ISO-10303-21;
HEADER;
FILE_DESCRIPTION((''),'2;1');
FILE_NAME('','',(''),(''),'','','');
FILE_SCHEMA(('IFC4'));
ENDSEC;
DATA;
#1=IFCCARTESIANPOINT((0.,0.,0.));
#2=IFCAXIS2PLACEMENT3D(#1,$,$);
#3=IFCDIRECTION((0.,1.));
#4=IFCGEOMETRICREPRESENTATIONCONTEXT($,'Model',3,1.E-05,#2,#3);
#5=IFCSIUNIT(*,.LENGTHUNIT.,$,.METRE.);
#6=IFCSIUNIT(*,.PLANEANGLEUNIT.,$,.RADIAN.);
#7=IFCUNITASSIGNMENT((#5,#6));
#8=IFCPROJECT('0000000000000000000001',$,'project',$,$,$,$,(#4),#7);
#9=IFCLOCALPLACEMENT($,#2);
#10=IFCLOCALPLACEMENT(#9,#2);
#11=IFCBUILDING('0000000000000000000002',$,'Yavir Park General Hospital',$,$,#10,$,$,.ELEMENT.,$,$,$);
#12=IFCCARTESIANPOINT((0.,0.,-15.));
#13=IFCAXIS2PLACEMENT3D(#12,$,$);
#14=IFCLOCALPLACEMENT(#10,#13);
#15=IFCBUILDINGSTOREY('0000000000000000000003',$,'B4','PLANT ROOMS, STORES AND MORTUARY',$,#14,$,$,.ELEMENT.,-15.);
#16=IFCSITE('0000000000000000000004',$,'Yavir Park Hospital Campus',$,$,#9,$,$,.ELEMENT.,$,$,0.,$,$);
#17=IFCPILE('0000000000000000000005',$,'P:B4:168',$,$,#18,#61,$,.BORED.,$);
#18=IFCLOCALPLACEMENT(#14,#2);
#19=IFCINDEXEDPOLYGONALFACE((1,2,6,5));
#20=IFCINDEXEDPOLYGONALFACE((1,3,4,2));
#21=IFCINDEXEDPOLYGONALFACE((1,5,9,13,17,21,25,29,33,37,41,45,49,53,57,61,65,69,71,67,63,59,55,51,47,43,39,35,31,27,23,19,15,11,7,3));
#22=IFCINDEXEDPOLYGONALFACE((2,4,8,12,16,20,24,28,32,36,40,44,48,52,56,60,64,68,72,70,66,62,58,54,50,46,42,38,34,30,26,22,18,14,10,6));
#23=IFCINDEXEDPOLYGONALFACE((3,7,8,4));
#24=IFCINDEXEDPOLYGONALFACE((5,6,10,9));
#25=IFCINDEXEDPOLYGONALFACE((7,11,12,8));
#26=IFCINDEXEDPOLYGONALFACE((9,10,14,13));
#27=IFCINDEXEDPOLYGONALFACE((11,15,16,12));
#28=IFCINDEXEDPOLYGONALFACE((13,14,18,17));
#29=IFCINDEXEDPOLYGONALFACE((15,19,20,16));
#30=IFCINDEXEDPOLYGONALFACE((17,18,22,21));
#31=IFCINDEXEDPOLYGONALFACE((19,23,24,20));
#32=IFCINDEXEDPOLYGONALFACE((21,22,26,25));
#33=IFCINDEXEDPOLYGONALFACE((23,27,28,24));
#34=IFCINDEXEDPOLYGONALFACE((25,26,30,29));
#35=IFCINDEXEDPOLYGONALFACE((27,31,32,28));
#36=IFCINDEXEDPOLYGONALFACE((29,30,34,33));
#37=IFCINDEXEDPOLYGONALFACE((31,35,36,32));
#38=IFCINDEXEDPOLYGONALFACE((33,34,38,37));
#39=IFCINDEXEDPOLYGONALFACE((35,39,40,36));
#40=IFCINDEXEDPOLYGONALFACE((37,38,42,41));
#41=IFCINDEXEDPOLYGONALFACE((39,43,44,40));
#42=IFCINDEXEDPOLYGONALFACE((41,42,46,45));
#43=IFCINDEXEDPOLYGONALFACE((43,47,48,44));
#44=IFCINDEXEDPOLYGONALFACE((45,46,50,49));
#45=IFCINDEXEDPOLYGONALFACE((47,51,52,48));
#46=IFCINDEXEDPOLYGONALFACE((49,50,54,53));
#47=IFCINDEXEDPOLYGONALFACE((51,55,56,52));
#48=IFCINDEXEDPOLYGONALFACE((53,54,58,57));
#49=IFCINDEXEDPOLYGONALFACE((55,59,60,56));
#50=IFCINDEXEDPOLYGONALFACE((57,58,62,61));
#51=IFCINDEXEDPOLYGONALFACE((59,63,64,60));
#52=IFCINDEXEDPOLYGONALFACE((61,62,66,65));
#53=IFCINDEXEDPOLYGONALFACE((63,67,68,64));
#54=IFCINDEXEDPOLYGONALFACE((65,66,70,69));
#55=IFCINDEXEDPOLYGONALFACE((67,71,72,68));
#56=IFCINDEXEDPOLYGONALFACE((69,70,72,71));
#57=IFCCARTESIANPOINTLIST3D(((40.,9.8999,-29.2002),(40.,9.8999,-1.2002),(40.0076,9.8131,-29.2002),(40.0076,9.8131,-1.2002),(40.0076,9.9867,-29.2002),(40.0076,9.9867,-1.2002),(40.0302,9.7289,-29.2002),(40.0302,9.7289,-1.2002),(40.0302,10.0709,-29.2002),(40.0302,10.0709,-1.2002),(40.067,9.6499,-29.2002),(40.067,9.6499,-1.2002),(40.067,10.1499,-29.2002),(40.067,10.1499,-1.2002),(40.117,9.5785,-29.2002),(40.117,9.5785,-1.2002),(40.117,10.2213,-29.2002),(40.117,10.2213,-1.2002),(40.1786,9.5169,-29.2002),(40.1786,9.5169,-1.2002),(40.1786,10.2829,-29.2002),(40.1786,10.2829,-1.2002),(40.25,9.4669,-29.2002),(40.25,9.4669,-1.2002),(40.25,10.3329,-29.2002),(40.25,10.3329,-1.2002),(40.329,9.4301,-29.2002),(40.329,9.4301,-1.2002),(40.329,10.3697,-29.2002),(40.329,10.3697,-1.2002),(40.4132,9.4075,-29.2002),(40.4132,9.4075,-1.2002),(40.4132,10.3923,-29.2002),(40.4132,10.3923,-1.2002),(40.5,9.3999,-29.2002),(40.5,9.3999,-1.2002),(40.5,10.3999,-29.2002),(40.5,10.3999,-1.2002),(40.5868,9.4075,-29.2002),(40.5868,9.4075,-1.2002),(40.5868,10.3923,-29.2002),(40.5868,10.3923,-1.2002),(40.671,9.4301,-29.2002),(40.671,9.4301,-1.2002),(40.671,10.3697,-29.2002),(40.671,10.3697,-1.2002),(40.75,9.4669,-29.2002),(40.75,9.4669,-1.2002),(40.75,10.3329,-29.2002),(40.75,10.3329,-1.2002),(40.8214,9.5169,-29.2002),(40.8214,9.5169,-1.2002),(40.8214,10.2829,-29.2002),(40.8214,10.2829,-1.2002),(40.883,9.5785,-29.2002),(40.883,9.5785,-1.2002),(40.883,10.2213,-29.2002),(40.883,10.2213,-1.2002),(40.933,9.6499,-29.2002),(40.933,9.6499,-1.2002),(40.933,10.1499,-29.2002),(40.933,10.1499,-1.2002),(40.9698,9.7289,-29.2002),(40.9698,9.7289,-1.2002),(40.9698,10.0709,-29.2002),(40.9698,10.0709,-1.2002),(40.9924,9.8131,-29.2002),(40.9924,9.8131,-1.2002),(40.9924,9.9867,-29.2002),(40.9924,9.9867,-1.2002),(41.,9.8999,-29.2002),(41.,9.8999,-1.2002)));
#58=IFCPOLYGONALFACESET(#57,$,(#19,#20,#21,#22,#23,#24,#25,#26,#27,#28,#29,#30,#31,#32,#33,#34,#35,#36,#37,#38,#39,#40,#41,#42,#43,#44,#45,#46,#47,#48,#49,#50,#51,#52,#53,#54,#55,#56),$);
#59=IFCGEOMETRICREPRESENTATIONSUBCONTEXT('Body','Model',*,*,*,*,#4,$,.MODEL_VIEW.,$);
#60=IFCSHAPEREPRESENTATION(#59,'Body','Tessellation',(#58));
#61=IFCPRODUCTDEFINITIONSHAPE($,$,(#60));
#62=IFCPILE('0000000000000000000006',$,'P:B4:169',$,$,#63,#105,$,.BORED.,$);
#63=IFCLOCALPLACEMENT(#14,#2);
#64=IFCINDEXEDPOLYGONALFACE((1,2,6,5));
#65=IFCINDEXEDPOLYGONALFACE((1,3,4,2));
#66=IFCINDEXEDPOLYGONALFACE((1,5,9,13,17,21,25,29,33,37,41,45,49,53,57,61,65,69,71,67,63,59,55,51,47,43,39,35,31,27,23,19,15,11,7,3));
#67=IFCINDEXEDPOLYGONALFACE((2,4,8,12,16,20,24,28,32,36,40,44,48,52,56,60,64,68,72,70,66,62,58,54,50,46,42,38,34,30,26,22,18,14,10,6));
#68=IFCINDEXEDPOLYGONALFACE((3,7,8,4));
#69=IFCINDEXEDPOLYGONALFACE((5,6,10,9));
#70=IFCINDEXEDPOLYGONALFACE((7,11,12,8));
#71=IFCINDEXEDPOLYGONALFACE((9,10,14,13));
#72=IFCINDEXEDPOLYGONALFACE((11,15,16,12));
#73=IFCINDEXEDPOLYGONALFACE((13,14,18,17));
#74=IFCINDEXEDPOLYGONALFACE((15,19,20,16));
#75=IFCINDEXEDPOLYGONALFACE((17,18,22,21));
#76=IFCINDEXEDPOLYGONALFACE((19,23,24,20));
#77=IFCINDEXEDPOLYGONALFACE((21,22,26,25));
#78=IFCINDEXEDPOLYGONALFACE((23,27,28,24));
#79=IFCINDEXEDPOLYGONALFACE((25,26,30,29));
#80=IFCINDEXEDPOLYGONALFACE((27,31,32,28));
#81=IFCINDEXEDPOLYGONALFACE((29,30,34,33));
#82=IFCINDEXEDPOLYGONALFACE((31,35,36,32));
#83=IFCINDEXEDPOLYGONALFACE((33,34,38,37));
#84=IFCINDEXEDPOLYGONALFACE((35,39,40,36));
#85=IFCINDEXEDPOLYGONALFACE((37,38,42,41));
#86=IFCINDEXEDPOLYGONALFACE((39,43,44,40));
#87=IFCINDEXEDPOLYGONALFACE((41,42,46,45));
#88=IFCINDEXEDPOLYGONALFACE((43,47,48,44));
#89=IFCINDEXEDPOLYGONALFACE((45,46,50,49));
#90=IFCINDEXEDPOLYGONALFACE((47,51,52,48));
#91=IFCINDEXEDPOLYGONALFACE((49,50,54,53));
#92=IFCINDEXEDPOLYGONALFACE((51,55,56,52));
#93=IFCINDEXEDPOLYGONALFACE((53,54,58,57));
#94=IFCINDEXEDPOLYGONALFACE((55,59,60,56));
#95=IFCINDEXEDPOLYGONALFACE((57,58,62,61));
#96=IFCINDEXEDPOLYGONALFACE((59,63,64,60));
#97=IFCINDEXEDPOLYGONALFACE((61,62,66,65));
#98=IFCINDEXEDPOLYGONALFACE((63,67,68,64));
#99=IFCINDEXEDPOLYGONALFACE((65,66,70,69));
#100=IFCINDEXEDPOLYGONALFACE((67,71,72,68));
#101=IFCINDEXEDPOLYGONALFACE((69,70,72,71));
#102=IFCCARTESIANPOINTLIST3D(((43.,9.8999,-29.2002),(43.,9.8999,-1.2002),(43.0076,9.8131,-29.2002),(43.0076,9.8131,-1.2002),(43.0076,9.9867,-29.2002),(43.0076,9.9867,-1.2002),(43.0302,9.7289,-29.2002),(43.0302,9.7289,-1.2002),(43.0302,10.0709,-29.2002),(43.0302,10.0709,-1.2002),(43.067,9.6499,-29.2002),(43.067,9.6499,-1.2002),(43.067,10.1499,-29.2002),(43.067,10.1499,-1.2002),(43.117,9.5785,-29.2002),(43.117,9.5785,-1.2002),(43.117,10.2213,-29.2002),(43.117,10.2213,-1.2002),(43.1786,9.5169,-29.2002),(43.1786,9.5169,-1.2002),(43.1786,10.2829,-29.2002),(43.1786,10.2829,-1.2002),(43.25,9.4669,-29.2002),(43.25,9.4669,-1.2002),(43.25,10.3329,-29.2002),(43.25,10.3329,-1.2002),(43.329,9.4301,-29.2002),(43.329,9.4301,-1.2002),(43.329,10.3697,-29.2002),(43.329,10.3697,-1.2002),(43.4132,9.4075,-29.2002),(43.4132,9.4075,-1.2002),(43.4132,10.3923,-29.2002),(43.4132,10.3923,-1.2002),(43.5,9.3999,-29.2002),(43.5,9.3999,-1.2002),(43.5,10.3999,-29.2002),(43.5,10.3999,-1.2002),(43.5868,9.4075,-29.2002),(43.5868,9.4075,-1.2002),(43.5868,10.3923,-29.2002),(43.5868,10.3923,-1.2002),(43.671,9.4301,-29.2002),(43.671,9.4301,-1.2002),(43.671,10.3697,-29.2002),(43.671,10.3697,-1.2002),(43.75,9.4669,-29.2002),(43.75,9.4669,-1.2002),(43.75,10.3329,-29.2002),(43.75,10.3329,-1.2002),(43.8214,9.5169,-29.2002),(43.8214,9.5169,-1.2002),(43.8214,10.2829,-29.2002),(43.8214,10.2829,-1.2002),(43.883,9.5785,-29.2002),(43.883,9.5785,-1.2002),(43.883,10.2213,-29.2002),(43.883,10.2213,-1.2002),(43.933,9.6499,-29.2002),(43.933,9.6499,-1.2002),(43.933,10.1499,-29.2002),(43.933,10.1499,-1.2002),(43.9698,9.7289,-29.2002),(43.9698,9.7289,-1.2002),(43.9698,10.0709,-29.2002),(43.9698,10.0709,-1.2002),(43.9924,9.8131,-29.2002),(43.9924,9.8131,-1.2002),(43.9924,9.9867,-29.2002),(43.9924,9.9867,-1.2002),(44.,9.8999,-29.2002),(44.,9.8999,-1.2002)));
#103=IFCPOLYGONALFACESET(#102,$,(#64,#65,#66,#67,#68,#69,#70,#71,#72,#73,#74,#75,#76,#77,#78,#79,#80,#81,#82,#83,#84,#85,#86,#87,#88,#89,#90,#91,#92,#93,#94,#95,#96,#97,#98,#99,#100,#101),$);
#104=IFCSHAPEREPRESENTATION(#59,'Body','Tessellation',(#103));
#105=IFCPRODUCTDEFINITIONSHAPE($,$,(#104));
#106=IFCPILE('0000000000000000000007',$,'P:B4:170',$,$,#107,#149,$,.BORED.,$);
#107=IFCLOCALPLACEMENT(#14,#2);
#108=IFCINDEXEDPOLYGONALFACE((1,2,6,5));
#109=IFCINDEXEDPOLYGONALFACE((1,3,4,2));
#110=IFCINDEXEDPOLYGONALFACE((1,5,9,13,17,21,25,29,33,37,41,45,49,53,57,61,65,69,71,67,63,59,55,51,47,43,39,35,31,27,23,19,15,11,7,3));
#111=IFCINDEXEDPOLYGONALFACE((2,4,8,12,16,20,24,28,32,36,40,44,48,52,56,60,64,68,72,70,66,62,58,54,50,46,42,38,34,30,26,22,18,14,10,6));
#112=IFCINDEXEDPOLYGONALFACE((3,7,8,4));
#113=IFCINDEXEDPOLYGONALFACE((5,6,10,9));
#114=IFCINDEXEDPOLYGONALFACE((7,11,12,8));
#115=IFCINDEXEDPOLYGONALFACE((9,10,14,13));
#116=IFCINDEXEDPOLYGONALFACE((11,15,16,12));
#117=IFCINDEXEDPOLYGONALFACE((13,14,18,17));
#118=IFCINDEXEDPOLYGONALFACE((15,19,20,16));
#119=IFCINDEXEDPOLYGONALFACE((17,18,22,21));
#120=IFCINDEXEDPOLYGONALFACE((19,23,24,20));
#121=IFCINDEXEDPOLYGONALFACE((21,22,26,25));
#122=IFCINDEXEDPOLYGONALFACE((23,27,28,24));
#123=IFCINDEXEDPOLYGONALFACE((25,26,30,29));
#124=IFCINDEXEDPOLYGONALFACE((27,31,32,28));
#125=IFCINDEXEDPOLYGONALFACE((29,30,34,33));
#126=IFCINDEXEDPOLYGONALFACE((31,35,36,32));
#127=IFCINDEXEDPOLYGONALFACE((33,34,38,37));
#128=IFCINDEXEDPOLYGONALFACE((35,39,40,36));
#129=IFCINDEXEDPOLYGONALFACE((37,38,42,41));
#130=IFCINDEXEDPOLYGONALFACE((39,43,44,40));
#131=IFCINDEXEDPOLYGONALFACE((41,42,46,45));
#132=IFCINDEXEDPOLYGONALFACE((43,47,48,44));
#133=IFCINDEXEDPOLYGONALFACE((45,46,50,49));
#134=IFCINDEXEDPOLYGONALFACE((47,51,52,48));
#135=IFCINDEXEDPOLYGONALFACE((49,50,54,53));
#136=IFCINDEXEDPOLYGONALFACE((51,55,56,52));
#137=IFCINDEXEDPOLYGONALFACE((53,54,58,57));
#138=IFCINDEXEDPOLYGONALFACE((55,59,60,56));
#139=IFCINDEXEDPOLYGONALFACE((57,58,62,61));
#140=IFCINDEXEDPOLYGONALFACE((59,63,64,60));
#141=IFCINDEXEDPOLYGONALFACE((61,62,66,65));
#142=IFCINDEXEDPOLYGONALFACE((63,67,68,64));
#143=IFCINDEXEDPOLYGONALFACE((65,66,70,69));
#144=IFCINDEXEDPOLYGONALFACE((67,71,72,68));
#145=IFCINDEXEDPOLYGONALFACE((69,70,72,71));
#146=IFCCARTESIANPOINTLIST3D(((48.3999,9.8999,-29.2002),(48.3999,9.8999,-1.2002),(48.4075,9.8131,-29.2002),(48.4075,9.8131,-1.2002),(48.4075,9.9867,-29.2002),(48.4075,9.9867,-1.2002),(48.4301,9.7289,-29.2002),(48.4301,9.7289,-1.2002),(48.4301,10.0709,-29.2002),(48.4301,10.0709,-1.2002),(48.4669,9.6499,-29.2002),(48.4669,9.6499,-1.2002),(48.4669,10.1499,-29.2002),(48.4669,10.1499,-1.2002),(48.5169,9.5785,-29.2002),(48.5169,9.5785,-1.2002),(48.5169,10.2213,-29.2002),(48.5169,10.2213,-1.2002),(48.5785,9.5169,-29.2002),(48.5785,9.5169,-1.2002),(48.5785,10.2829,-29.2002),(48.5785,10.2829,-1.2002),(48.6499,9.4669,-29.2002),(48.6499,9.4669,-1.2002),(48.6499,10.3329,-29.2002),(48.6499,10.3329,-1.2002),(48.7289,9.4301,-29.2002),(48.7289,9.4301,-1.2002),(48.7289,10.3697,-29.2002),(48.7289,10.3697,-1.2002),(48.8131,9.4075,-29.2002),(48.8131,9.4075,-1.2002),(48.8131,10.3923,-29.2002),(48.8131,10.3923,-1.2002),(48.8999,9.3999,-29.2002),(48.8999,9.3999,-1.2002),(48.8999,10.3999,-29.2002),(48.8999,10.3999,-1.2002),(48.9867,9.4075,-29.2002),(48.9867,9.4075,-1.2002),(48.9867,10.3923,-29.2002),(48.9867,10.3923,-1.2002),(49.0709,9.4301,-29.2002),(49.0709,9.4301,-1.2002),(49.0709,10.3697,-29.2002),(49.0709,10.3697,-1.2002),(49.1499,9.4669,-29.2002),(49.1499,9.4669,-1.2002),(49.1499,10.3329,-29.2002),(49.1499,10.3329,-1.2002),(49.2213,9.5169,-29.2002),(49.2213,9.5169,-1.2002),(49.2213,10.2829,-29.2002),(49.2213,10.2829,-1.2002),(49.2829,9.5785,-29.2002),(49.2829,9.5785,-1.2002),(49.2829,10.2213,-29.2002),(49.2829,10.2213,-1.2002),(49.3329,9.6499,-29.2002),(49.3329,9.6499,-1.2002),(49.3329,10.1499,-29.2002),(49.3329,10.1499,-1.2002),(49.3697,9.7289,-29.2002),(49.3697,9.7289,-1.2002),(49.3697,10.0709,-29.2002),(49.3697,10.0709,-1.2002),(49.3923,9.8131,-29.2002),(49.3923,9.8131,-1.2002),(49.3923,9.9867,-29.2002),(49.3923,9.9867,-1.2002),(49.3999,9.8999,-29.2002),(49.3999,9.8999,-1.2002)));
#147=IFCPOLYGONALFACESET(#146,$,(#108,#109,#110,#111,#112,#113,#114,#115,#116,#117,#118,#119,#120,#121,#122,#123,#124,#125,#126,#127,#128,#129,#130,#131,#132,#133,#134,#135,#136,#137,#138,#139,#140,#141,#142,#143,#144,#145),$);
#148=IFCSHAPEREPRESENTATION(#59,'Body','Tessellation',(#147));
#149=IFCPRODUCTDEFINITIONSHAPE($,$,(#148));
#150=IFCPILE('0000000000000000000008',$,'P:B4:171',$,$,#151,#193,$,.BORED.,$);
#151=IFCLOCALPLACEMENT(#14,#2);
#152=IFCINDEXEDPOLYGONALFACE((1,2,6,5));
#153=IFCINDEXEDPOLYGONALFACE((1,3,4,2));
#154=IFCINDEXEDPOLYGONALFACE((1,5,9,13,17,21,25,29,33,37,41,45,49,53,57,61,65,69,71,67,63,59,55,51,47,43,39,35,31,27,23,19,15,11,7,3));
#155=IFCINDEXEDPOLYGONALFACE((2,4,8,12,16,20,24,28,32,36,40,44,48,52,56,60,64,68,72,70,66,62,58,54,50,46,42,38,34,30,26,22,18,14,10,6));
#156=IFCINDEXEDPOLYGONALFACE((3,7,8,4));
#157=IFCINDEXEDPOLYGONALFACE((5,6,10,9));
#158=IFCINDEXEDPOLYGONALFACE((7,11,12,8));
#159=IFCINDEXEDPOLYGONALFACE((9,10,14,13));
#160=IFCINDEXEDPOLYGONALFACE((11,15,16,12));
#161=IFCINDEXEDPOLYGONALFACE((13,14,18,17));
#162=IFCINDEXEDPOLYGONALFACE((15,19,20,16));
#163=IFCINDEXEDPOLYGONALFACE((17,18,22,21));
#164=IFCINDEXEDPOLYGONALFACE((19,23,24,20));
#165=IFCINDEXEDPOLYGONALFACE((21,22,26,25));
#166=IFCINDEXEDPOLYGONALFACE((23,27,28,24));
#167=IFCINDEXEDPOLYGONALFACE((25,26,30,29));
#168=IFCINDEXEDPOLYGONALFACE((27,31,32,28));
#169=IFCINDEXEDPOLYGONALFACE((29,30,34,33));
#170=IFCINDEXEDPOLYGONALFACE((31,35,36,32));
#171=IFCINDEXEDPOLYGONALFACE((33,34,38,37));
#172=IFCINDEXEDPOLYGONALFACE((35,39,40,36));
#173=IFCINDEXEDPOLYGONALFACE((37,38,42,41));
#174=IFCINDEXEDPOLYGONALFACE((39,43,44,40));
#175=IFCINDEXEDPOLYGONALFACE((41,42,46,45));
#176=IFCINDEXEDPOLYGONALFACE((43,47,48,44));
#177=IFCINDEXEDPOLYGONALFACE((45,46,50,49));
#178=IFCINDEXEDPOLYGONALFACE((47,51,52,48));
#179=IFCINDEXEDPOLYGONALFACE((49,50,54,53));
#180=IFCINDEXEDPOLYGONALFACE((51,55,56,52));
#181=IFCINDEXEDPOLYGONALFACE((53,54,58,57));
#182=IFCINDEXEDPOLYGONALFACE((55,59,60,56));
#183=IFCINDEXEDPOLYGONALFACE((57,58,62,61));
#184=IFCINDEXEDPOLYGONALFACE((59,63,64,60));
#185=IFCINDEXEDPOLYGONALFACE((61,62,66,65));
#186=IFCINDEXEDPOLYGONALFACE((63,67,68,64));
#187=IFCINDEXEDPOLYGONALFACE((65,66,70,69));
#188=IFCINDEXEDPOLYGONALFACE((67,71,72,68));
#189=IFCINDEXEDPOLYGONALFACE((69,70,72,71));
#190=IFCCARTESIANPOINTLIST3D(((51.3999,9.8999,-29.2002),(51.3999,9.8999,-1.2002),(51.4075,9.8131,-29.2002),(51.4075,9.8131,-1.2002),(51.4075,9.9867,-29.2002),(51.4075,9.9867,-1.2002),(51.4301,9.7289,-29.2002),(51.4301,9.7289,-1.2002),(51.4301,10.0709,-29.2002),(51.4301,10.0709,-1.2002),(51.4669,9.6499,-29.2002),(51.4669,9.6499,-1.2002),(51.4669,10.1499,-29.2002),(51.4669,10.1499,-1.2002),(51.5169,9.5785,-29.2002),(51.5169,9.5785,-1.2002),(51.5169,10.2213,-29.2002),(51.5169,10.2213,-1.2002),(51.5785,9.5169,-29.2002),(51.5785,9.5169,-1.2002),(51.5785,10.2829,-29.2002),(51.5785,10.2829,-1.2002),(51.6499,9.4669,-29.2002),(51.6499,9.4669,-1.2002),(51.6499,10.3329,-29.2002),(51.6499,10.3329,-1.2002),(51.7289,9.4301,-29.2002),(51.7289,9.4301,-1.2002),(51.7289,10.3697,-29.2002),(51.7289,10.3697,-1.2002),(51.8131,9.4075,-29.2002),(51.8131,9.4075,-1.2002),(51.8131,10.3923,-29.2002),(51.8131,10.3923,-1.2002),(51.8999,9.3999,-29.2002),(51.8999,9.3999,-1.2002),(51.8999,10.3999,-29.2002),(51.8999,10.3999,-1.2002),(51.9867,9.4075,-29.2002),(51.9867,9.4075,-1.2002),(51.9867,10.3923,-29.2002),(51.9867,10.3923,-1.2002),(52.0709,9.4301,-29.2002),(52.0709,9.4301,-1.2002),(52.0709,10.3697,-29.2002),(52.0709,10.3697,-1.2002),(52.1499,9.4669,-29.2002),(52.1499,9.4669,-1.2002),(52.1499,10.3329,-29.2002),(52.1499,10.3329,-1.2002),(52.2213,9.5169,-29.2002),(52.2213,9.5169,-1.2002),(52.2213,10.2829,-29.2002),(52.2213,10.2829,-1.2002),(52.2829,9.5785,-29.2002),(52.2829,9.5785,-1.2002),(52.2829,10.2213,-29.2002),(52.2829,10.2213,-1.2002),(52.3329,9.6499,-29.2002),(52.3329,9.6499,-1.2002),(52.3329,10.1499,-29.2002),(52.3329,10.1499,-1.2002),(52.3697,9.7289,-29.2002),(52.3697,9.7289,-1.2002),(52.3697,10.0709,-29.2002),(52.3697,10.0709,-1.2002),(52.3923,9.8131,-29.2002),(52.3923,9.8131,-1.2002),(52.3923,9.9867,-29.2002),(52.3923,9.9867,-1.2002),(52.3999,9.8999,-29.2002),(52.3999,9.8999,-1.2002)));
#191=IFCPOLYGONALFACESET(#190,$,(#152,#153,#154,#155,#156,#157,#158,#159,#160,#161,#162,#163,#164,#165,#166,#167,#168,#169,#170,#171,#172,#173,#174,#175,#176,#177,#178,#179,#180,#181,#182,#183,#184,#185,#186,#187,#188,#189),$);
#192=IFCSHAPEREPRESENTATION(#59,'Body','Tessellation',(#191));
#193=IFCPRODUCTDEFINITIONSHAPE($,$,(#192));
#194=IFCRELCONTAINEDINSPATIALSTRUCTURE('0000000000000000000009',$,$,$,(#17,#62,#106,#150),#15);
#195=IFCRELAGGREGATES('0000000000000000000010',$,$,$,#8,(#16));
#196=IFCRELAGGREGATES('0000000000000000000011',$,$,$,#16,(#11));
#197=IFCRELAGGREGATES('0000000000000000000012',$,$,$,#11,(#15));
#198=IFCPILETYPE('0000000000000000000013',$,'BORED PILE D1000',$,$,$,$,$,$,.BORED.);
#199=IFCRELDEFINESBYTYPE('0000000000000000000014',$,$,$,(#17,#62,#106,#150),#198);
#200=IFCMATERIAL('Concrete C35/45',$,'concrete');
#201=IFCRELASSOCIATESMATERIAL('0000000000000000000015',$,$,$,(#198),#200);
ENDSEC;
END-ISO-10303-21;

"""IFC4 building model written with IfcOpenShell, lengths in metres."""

from ifc_helpers import new_model, si_unit, direction, frame, origin, origin_2d, place, context, subcontext, project, spatial, circle, extrude, material, material_profile, profile_set, type_object, element, save


model = new_model("IFC4")

# Units and contexts
model_context = context("Model", 3, precision=1e-05, world=origin(), true_north=direction((0.0, 1.0)))
body_context = subcontext(model_context, "Body", "Model", "MODEL_VIEW")
ifc_project = project(units=[si_unit("LENGTHUNIT", "METRE"), si_unit("PLANEANGLEUNIT", "RADIAN")], contexts=[model_context])

# Site, building, storey
site_placement = place(None, origin())
site = spatial("IfcSite", under=ifc_project, at=site_placement, Name="Yavir Park Hospital Campus", CompositionType="ELEMENT", RefElevation=0.0)
building_placement = place(site_placement, origin())
building = spatial("IfcBuilding", under=site, at=building_placement, Name="Yavir Park General Hospital", CompositionType="ELEMENT")
storey_placement = place(building_placement, frame((0.0, 0.0, -15.0)))
storey = spatial("IfcBuildingStorey", under=building, at=storey_placement, Name="B4", Description="PLANT ROOMS, STORES AND MORTUARY", CompositionType="ELEMENT", Elevation=-15.0)

# Piles
ifc_material_1 = material(Name="Concrete C35/45", Category="concrete")
ifc_material_profile_1 = material_profile(ifc_material_1, circle(Radius=0.5, at=origin_2d()), Name="D1000")
ifc_profile_set_1 = profile_set([ifc_material_profile_1], Name="Concrete C35/45")
pile_type = type_object("IfcPileType", Name="BORED PILE D1000", PredefinedType="BORED", material=ifc_profile_set_1)
for number, where, z_axis, x_axis, name in (
    (1, (40.5, 9.8999, -1.2002), (0.0, 0.0, -1.0), (1.0, 0.0, 0.0), "P:B4:168"),
    (2, (43.5, 9.8999, -1.2002), (0.0, 0.0, -1.0), (1.0, 0.0, 0.0), "P:B4:169"),
    (3, (48.8999, 9.8999, -1.2002), (0.0, 0.0, -1.0), (1.0, 0.0, 0.0), "P:B4:170"),
    (4, (51.8999, 9.8999, -1.2002), (0.0, 0.0, -1.0), (1.0, 0.0, 0.0), "P:B4:171"),
):
    element("IfcPile", number, at=place(storey_placement, frame(where, z_axis=z_axis, x_axis=x_axis)), inside=storey, type_object=pile_type, Name=name, PredefinedType="BORED", context=body_context, shape_type="SweptSolid", body=[
        extrude(circle(Radius=0.5, at=origin_2d()), origin(), (0.0, 0.0, 1.0), 28.0),
    ])

save(model, "model.ifc")
